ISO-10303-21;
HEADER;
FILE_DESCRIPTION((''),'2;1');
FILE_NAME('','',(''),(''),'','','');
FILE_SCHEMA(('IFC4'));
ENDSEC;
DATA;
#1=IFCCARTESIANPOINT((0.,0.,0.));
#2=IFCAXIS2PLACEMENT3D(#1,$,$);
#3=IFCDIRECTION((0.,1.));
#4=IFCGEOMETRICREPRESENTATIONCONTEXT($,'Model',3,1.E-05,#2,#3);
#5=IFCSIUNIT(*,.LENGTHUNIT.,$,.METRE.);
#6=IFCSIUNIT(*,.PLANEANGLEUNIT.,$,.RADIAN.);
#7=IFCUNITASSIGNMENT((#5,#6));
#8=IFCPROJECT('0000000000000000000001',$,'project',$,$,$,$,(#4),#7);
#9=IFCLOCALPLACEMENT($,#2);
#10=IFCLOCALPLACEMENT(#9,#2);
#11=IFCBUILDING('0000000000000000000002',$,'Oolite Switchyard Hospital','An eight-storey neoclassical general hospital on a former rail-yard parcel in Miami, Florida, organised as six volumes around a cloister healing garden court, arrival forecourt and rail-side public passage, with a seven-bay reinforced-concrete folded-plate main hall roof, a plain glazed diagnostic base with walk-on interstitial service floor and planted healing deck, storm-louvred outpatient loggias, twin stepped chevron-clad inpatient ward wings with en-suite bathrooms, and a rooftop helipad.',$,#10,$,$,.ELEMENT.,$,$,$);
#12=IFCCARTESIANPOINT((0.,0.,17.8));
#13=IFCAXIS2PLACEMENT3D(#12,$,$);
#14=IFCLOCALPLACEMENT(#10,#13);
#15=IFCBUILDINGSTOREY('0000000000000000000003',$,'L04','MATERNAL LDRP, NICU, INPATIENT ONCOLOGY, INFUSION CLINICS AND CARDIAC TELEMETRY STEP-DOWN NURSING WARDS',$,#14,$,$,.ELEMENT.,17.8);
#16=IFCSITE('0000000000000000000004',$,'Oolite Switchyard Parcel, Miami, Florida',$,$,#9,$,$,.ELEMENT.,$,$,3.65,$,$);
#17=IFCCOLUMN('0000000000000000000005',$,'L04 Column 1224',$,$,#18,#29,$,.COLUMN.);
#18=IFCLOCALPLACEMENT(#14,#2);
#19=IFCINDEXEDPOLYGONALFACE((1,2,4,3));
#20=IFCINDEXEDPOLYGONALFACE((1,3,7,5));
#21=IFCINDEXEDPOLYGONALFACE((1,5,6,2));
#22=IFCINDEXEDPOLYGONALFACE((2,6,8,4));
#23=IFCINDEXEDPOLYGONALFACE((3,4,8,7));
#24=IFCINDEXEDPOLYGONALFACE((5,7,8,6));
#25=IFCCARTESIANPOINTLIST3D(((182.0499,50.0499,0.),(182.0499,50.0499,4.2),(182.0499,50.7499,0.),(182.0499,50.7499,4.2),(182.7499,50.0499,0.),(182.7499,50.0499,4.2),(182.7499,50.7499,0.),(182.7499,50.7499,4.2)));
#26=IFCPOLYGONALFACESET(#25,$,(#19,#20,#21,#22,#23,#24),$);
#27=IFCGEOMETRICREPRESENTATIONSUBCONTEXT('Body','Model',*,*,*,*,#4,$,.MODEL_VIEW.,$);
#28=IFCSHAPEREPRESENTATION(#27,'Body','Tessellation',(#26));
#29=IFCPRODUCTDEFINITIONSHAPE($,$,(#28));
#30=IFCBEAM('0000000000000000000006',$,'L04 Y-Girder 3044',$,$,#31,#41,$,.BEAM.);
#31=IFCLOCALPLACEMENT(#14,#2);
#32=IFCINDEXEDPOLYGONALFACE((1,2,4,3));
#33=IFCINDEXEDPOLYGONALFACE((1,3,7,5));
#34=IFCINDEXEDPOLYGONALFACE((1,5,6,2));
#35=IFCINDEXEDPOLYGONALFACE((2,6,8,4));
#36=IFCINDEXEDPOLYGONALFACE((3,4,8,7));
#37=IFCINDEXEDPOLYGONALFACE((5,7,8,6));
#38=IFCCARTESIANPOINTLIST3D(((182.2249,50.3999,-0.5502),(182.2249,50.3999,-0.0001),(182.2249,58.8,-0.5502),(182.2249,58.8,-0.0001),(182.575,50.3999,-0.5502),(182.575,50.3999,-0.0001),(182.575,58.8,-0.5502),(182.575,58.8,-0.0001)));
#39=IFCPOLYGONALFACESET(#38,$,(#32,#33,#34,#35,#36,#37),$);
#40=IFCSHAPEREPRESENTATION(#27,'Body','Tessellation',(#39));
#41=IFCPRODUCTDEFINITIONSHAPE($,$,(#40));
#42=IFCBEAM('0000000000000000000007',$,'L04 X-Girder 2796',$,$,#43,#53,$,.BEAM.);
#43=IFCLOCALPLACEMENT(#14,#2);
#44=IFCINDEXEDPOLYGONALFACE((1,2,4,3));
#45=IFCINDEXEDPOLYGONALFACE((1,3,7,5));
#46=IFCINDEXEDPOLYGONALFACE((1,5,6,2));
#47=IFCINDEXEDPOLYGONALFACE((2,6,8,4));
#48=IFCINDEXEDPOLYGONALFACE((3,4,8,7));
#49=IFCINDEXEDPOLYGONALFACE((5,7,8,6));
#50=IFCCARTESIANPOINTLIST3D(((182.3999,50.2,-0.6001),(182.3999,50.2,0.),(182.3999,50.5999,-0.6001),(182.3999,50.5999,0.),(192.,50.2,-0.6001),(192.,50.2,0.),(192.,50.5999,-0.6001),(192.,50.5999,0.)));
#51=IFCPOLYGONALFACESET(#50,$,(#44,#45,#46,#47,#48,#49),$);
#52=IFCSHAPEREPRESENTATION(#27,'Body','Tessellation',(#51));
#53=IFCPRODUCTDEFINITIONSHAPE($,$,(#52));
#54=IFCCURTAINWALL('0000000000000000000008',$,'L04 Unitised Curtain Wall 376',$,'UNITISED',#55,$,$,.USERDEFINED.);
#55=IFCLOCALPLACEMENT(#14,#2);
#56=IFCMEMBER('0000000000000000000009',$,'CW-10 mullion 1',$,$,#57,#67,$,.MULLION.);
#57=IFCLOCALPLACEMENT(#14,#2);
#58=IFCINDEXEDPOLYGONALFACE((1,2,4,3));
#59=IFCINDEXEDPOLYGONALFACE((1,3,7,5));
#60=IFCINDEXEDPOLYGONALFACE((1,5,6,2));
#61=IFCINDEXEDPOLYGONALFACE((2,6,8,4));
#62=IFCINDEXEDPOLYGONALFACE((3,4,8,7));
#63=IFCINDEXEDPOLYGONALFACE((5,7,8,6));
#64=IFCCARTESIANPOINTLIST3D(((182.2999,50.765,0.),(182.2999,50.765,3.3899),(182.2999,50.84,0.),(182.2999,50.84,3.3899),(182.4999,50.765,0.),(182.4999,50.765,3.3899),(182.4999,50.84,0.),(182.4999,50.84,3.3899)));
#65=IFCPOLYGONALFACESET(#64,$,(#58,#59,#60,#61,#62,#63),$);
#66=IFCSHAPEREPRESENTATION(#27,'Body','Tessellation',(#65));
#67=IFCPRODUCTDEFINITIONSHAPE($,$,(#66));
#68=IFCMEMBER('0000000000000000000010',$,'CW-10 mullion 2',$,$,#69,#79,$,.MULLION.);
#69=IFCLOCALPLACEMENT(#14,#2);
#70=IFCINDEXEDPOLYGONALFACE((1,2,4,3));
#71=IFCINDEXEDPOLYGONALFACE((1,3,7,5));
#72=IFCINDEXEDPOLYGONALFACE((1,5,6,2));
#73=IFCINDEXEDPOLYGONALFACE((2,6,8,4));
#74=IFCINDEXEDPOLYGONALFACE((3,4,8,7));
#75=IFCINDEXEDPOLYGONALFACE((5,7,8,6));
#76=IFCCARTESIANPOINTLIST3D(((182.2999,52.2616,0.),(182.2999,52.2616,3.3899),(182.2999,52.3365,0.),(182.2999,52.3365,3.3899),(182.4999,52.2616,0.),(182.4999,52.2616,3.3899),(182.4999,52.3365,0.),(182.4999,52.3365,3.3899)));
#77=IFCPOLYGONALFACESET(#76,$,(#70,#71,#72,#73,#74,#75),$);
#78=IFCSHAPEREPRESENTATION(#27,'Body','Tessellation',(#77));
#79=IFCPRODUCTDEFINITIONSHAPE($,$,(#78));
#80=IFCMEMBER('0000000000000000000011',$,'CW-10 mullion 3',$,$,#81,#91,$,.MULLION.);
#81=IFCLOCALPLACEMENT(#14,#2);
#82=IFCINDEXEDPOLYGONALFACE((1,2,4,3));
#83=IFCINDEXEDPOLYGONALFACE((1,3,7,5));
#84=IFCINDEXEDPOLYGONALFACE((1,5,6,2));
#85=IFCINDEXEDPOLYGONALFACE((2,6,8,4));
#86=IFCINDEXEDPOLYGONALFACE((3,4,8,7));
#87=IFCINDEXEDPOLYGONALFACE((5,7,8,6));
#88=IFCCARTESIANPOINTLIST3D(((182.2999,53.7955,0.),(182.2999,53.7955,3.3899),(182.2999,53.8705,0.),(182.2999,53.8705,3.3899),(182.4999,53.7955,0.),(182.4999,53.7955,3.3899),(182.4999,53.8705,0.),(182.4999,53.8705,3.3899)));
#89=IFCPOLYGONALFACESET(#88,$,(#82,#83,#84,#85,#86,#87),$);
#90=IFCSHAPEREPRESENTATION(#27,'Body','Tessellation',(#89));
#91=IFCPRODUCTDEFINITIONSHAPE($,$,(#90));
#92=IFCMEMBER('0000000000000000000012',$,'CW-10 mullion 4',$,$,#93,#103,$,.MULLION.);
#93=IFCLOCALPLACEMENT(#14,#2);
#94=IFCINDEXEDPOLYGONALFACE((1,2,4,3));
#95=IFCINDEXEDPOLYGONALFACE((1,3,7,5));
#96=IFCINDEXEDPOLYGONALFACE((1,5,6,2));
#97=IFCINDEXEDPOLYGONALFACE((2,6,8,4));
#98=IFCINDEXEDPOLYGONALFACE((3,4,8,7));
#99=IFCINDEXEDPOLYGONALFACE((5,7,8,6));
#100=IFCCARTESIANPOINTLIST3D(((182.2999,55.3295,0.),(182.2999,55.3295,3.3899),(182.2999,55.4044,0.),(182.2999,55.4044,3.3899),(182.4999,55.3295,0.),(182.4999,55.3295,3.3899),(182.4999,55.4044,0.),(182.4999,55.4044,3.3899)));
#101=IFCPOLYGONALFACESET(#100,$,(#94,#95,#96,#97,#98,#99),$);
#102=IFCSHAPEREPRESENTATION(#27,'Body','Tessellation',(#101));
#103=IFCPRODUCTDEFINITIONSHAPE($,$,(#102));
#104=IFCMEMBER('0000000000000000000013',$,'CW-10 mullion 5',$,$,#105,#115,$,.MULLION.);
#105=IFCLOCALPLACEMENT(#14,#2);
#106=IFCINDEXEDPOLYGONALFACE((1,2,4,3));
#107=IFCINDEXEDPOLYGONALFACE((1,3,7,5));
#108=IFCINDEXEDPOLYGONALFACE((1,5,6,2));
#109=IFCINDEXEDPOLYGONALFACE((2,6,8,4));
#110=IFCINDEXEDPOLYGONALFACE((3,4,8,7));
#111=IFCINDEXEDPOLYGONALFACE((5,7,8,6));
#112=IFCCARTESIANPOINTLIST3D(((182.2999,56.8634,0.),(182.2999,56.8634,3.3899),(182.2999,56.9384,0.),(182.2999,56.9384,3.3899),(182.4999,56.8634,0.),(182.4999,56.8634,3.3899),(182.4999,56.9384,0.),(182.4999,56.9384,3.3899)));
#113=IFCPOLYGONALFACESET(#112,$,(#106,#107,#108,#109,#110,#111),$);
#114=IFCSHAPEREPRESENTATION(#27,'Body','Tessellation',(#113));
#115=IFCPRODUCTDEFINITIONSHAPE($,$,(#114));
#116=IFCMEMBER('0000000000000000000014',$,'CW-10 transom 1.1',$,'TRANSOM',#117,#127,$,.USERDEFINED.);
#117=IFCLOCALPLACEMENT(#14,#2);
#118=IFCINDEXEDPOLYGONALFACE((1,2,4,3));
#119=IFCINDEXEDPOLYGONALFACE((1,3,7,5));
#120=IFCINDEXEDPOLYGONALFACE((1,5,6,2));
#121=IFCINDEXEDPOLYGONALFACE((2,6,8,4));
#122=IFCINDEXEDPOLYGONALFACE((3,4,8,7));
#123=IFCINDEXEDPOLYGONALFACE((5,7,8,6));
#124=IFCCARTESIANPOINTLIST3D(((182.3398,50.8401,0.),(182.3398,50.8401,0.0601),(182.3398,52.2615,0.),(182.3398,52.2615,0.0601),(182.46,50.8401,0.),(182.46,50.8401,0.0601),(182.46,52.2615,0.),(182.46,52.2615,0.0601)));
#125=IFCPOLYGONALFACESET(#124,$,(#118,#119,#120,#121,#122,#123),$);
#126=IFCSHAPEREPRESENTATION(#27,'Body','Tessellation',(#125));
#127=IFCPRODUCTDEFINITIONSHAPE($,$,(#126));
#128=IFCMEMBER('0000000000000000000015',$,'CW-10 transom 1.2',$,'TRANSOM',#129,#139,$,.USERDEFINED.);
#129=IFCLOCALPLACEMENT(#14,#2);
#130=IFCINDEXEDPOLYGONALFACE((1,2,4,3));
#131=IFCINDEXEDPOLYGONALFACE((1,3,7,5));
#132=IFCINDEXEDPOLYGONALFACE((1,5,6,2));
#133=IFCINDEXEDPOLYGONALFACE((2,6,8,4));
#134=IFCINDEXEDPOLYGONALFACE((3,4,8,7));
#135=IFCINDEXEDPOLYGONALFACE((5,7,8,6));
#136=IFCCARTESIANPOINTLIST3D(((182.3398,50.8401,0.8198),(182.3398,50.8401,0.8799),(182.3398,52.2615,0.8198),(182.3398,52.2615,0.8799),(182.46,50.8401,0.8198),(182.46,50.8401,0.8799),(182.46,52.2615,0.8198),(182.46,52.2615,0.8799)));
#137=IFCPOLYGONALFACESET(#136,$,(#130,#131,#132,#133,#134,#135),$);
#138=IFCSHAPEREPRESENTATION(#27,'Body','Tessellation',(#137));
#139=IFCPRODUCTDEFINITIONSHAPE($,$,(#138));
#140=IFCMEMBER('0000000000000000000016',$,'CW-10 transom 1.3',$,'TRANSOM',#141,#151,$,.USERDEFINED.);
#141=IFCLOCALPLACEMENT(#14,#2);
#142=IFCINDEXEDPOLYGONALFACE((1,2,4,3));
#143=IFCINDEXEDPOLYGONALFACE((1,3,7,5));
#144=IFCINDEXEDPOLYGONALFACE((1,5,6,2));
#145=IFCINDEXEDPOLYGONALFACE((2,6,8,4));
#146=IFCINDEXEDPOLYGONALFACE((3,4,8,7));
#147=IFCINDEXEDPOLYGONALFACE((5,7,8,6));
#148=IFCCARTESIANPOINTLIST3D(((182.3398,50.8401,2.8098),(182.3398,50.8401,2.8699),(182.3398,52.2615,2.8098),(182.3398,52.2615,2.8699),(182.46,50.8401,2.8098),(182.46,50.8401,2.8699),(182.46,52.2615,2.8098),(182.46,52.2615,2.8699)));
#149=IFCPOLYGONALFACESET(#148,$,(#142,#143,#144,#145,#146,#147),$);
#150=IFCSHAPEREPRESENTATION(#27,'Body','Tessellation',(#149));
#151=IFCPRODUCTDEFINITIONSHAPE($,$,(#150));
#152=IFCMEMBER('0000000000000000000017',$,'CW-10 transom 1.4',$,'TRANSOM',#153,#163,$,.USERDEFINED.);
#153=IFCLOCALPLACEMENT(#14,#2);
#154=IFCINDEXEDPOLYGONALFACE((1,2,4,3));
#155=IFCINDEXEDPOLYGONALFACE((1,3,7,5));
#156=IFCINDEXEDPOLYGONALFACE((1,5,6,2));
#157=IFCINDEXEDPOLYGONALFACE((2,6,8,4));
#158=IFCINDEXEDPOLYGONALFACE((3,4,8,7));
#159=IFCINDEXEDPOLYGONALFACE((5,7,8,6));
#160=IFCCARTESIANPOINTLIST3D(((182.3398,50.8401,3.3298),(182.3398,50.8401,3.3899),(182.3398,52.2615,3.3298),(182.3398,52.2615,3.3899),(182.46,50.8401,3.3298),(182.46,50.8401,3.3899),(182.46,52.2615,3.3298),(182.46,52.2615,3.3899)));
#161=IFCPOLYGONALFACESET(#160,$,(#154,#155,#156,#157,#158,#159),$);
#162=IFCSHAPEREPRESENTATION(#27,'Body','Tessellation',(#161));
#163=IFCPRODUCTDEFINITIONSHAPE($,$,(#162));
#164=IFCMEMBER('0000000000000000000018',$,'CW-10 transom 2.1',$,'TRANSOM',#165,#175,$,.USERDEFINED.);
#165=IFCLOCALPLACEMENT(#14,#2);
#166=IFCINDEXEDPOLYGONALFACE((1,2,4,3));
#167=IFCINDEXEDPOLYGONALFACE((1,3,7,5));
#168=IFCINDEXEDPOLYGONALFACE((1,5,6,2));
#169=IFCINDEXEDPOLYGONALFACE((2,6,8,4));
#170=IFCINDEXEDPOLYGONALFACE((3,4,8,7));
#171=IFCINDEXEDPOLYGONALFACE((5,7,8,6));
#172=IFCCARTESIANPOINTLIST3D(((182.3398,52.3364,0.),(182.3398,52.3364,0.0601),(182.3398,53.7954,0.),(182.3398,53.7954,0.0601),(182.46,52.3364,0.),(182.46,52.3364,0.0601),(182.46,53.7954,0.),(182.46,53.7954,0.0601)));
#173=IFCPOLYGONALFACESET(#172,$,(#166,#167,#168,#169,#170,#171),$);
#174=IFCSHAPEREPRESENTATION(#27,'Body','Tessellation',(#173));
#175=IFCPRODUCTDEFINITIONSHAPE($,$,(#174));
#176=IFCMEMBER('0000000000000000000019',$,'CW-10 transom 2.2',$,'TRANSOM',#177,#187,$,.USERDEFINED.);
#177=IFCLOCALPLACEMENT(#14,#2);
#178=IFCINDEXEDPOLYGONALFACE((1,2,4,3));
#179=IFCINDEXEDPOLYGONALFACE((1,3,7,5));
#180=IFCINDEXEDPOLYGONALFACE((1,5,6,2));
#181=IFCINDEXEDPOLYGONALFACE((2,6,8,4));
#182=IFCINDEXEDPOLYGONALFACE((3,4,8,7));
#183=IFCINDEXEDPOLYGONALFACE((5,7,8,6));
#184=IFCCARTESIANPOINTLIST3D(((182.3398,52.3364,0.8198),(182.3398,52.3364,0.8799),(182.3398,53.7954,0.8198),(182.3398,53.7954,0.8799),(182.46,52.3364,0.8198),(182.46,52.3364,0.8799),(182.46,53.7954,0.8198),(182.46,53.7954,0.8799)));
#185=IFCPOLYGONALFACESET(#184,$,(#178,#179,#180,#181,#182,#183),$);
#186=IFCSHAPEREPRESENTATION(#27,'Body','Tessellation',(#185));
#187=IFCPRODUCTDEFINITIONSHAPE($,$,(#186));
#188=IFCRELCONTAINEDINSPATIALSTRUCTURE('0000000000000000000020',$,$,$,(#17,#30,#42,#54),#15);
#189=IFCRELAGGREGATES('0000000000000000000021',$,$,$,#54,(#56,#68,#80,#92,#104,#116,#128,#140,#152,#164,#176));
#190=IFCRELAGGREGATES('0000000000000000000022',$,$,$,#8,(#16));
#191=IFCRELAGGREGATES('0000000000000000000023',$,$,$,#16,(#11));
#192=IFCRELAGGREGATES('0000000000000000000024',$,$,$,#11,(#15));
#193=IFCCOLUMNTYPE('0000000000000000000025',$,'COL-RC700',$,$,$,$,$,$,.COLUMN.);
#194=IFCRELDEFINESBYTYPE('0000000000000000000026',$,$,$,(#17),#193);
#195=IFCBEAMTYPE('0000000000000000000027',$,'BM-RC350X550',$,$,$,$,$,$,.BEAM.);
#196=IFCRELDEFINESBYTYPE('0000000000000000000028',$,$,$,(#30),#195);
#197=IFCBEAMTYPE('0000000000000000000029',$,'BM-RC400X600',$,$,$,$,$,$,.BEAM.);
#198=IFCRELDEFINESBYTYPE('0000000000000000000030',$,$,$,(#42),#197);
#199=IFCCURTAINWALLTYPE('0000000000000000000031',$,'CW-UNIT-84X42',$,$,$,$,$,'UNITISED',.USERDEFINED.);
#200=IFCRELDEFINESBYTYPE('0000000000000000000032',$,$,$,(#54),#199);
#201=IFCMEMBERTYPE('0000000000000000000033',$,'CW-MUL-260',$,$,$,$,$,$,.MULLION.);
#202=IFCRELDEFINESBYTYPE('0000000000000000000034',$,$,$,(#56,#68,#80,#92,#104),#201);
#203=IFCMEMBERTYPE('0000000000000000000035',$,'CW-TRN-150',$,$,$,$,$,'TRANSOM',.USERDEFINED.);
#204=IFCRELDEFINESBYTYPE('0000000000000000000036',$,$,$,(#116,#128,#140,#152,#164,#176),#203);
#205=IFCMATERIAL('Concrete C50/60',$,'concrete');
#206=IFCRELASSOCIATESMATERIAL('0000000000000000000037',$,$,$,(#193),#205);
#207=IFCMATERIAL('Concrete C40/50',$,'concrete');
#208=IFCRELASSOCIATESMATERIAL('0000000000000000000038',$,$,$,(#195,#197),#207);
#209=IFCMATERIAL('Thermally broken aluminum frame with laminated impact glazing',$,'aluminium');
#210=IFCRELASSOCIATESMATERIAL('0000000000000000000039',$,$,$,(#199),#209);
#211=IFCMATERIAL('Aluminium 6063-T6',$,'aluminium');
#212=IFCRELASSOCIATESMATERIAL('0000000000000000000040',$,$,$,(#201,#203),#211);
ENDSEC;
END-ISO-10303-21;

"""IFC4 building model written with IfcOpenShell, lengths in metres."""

from ifc_helpers import new_model, si_unit, direction, frame, origin, origin_2d, place, context, subcontext, project, spatial, rectangle, extrude, material, material_profile, profile_set, type_object, element, aggregate, save


model = new_model("IFC4")

# Units and contexts
model_context = context("Model", 3, precision=1e-05, world=origin(), true_north=direction((0.0, 1.0)))
body_context = subcontext(model_context, "Body", "Model", "MODEL_VIEW")
ifc_project = project(units=[si_unit("LENGTHUNIT", "METRE"), si_unit("PLANEANGLEUNIT", "RADIAN")], contexts=[model_context])

# Site, building, storey
site_placement = place(None, origin())
site = spatial("IfcSite", under=ifc_project, at=site_placement, Name="Oolite Switchyard Parcel, Miami, Florida", CompositionType="ELEMENT", RefElevation=3.65)
building_placement = place(site_placement, origin())
building = spatial("IfcBuilding", under=site, at=building_placement, Name="Oolite Switchyard Hospital", Description="An eight-storey neoclassical general hospital on a former rail-yard parcel in Miami, Florida, organised as six volumes around a cloister healing garden court, arrival forecourt and rail-side public passage, with a seven-bay reinforced-concrete folded-plate main hall roof, a plain glazed diagnostic base with walk-on interstitial service floor and planted healing deck, storm-louvred outpatient loggias, twin stepped chevron-clad inpatient ward wings with en-suite bathrooms, and a rooftop helipad.", CompositionType="ELEMENT")
storey_placement = place(building_placement, frame((0.0, 0.0, 17.8)))
storey = spatial("IfcBuildingStorey", under=building, at=storey_placement, Name="L04", Description="MATERNAL LDRP, NICU, INPATIENT ONCOLOGY, INFUSION CLINICS AND CARDIAC TELEMETRY STEP-DOWN NURSING WARDS", CompositionType="ELEMENT", Elevation=17.8)

# Column
ifc_material_1 = material(Name="Concrete C50/60", Category="concrete")
ifc_material_profile_1 = material_profile(ifc_material_1, rectangle(XDim=0.7, YDim=0.7, at=origin_2d()), Name="RC700X700")
ifc_profile_set_1 = profile_set([ifc_material_profile_1], Name="Concrete C50/60")
column_type = type_object("IfcColumnType", Name="COL-RC700", PredefinedType="COLUMN", material=ifc_profile_set_1)
column_placement = place(storey_placement, frame((182.3999, 50.3999, 0.0), z_axis=(0.0, 0.0, 1.0), x_axis=(1.0, 0.0, 0.0)))
element("IfcColumn", 1, at=column_placement, inside=storey, type_object=column_type, Name="L04 Column 1224", PredefinedType="COLUMN", context=body_context, shape_type="SweptSolid", body=[
    extrude(rectangle(XDim=0.7, YDim=0.7, at=origin_2d()), origin(), (0.0, 0.0, 1.0), 4.2),
])

# Beams
ifc_material_2 = material(Name="Concrete C40/50", Category="concrete")
ifc_material_profile_2 = material_profile(ifc_material_2, rectangle(XDim=0.3501, YDim=0.55, at=origin_2d()), Name="RCB350X550")
ifc_profile_set_2 = profile_set([ifc_material_profile_2], Name="Concrete C40/50")
beam_type_1 = type_object("IfcBeamType", Name="BM-RC350X550", PredefinedType="BEAM", material=ifc_profile_set_2)
beam_1_placement = place(storey_placement, frame((182.3999, 50.3999, -0.2751), z_axis=(0.0, 1.0, 0.0), x_axis=(-1.0, 0.0, 0.0)))
element("IfcBeam", 2, at=beam_1_placement, inside=storey, type_object=beam_type_1, Name="L04 Y-Girder 3044", PredefinedType="BEAM", context=body_context, shape_type="SweptSolid", body=[
    extrude(rectangle(XDim=0.3501, YDim=0.55, at=origin_2d()), origin(), (0.0, 0.0, 1.0), 8.4001),
])
ifc_material_profile_3 = material_profile(ifc_material_2, rectangle(XDim=0.3999, YDim=0.6001, at=origin_2d()), Name="RCB400X600")
ifc_profile_set_3 = profile_set([ifc_material_profile_3], Name="Concrete C40/50")
beam_type_2 = type_object("IfcBeamType", Name="BM-RC400X600", PredefinedType="BEAM", material=ifc_profile_set_3)
beam_2_placement = place(storey_placement, frame((182.3999, 50.3999, -0.3), z_axis=(1.0, 0.0, 0.0), x_axis=(0.0, 1.0, 0.0)))
element("IfcBeam", 3, at=beam_2_placement, inside=storey, type_object=beam_type_2, Name="L04 X-Girder 2796", PredefinedType="BEAM", context=body_context, shape_type="SweptSolid", body=[
    extrude(rectangle(XDim=0.3999, YDim=0.6001, at=origin_2d()), origin(), (0.0, 0.0, 1.0), 9.6001),
])

# Curtain wall, members
ifc_material_3 = material(Name="Thermally broken aluminum frame with laminated impact glazing", Category="aluminium")
curtain_wall_type = type_object("IfcCurtainWallType", Name="CW-UNIT-84X42", ElementType="UNITISED", PredefinedType="USERDEFINED", material=ifc_material_3)
curtain_wall_placement = place(storey_placement, origin())
curtain_wall = element("IfcCurtainWall", 4, at=curtain_wall_placement, inside=storey, type_object=curtain_wall_type, Name="L04 Unitised Curtain Wall 376", ObjectType="UNITISED", PredefinedType="USERDEFINED")
ifc_material_4 = material(Name="Aluminium 6063-T6", Category="aluminium")
ifc_material_profile_4 = material_profile(ifc_material_4, rectangle(XDim=0.2, YDim=0.075, at=origin_2d()), Name="CWM75X200")
ifc_profile_set_4 = profile_set([ifc_material_profile_4], Name="Aluminium 6063-T6")
member_type_1 = type_object("IfcMemberType", Name="CW-MUL-260", PredefinedType="MULLION", material=ifc_profile_set_4)
member_1_placement = place(storey_placement, frame((182.3999, 50.8025, 0.0), z_axis=(0.0, 0.0, 1.0), x_axis=(-1.0, 0.0, 0.0)))
member_1 = element("IfcMember", 5, at=member_1_placement, type_object=member_type_1, Name="CW-10 mullion 1", PredefinedType="MULLION", context=body_context, shape_type="SweptSolid", body=[
    extrude(rectangle(XDim=0.2, YDim=0.075, at=origin_2d()), origin(), (0.0, 0.0, 1.0), 3.3899),
])
member_2_placement = place(storey_placement, frame((182.3999, 52.2991, 0.0), z_axis=(0.0, 0.0, 1.0), x_axis=(-1.0, 0.0, 0.0)))
member_2 = element("IfcMember", 6, at=member_2_placement, type_object=member_type_1, Name="CW-10 mullion 2", PredefinedType="MULLION", context=body_context, shape_type="SweptSolid", body=[
    extrude(rectangle(XDim=0.2, YDim=0.075, at=origin_2d()), origin(), (0.0, 0.0, 1.0), 3.3899),
])
member_3_placement = place(storey_placement, frame((182.3999, 53.833, 0.0), z_axis=(0.0, 0.0, 1.0), x_axis=(-1.0, 0.0, 0.0)))
member_3 = element("IfcMember", 7, at=member_3_placement, type_object=member_type_1, Name="CW-10 mullion 3", PredefinedType="MULLION", context=body_context, shape_type="SweptSolid", body=[
    extrude(rectangle(XDim=0.2, YDim=0.075, at=origin_2d()), origin(), (0.0, 0.0, 1.0), 3.3899),
])
member_4_placement = place(storey_placement, frame((182.3999, 55.3669, 0.0), z_axis=(0.0, 0.0, 1.0), x_axis=(-1.0, 0.0, 0.0)))
member_4 = element("IfcMember", 8, at=member_4_placement, type_object=member_type_1, Name="CW-10 mullion 4", PredefinedType="MULLION", context=body_context, shape_type="SweptSolid", body=[
    extrude(rectangle(XDim=0.2, YDim=0.075, at=origin_2d()), origin(), (0.0, 0.0, 1.0), 3.3899),
])
member_5_placement = place(storey_placement, frame((182.3999, 56.9009, 0.0), z_axis=(0.0, 0.0, 1.0), x_axis=(-1.0, 0.0, 0.0)))
member_5 = element("IfcMember", 9, at=member_5_placement, type_object=member_type_1, Name="CW-10 mullion 5", PredefinedType="MULLION", context=body_context, shape_type="SweptSolid", body=[
    extrude(rectangle(XDim=0.2, YDim=0.075, at=origin_2d()), origin(), (0.0, 0.0, 1.0), 3.3899),
])
ifc_material_profile_5 = material_profile(ifc_material_4, rectangle(XDim=0.1201, YDim=0.0601, at=origin_2d()), Name="CWT60X120")
ifc_profile_set_5 = profile_set([ifc_material_profile_5], Name="Aluminium 6063-T6")
member_type_2 = type_object("IfcMemberType", Name="CW-TRN-150", ElementType="TRANSOM", PredefinedType="USERDEFINED", material=ifc_profile_set_5)
member_6_placement = place(storey_placement, frame((182.3999, 50.8401, 0.03), z_axis=(0.0, 1.0, 0.0), x_axis=(-1.0, 0.0, 0.0)))
member_6 = element("IfcMember", 10, at=member_6_placement, type_object=member_type_2, Name="CW-10 transom 1.1", ObjectType="TRANSOM", PredefinedType="USERDEFINED", context=body_context, shape_type="SweptSolid", body=[
    extrude(rectangle(XDim=0.1201, YDim=0.0601, at=origin_2d()), origin(), (0.0, 0.0, 1.0), 1.4214),
])
member_7_placement = place(storey_placement, frame((182.3999, 50.8401, 0.8499), z_axis=(0.0, 1.0, 0.0), x_axis=(-1.0, 0.0, 0.0)))
member_7 = element("IfcMember", 11, at=member_7_placement, type_object=member_type_2, Name="CW-10 transom 1.2", ObjectType="TRANSOM", PredefinedType="USERDEFINED", context=body_context, shape_type="SweptSolid", body=[
    extrude(rectangle(XDim=0.1201, YDim=0.0601, at=origin_2d()), origin(), (0.0, 0.0, 1.0), 1.4214),
])
member_8_placement = place(storey_placement, frame((182.3999, 50.8401, 2.8398), z_axis=(0.0, 1.0, 0.0), x_axis=(-1.0, 0.0, 0.0)))
member_8 = element("IfcMember", 12, at=member_8_placement, type_object=member_type_2, Name="CW-10 transom 1.3", ObjectType="TRANSOM", PredefinedType="USERDEFINED", context=body_context, shape_type="SweptSolid", body=[
    extrude(rectangle(XDim=0.1201, YDim=0.0601, at=origin_2d()), origin(), (0.0, 0.0, 1.0), 1.4214),
])
member_9_placement = place(storey_placement, frame((182.3999, 50.8401, 3.3599), z_axis=(0.0, 1.0, 0.0), x_axis=(-1.0, 0.0, 0.0)))
member_9 = element("IfcMember", 13, at=member_9_placement, type_object=member_type_2, Name="CW-10 transom 1.4", ObjectType="TRANSOM", PredefinedType="USERDEFINED", context=body_context, shape_type="SweptSolid", body=[
    extrude(rectangle(XDim=0.1201, YDim=0.0601, at=origin_2d()), origin(), (0.0, 0.0, 1.0), 1.4214),
])
member_10_placement = place(storey_placement, frame((182.3999, 52.3364, 0.03), z_axis=(0.0, 1.0, 0.0), x_axis=(-1.0, 0.0, 0.0)))
member_10 = element("IfcMember", 14, at=member_10_placement, type_object=member_type_2, Name="CW-10 transom 2.1", ObjectType="TRANSOM", PredefinedType="USERDEFINED", context=body_context, shape_type="SweptSolid", body=[
    extrude(rectangle(XDim=0.1201, YDim=0.0601, at=origin_2d()), origin(), (0.0, 0.0, 1.0), 1.459),
])
member_11_placement = place(storey_placement, frame((182.3999, 52.3364, 0.8499), z_axis=(0.0, 1.0, 0.0), x_axis=(-1.0, 0.0, 0.0)))
member_11 = element("IfcMember", 15, at=member_11_placement, type_object=member_type_2, Name="CW-10 transom 2.2", ObjectType="TRANSOM", PredefinedType="USERDEFINED", context=body_context, shape_type="SweptSolid", body=[
    extrude(rectangle(XDim=0.1201, YDim=0.0601, at=origin_2d()), origin(), (0.0, 0.0, 1.0), 1.459),
])
aggregate(curtain_wall, [member_1, member_2, member_3, member_4, member_5, member_6, member_7, member_8, member_9, member_10, member_11])

save(model, "model.ifc")
